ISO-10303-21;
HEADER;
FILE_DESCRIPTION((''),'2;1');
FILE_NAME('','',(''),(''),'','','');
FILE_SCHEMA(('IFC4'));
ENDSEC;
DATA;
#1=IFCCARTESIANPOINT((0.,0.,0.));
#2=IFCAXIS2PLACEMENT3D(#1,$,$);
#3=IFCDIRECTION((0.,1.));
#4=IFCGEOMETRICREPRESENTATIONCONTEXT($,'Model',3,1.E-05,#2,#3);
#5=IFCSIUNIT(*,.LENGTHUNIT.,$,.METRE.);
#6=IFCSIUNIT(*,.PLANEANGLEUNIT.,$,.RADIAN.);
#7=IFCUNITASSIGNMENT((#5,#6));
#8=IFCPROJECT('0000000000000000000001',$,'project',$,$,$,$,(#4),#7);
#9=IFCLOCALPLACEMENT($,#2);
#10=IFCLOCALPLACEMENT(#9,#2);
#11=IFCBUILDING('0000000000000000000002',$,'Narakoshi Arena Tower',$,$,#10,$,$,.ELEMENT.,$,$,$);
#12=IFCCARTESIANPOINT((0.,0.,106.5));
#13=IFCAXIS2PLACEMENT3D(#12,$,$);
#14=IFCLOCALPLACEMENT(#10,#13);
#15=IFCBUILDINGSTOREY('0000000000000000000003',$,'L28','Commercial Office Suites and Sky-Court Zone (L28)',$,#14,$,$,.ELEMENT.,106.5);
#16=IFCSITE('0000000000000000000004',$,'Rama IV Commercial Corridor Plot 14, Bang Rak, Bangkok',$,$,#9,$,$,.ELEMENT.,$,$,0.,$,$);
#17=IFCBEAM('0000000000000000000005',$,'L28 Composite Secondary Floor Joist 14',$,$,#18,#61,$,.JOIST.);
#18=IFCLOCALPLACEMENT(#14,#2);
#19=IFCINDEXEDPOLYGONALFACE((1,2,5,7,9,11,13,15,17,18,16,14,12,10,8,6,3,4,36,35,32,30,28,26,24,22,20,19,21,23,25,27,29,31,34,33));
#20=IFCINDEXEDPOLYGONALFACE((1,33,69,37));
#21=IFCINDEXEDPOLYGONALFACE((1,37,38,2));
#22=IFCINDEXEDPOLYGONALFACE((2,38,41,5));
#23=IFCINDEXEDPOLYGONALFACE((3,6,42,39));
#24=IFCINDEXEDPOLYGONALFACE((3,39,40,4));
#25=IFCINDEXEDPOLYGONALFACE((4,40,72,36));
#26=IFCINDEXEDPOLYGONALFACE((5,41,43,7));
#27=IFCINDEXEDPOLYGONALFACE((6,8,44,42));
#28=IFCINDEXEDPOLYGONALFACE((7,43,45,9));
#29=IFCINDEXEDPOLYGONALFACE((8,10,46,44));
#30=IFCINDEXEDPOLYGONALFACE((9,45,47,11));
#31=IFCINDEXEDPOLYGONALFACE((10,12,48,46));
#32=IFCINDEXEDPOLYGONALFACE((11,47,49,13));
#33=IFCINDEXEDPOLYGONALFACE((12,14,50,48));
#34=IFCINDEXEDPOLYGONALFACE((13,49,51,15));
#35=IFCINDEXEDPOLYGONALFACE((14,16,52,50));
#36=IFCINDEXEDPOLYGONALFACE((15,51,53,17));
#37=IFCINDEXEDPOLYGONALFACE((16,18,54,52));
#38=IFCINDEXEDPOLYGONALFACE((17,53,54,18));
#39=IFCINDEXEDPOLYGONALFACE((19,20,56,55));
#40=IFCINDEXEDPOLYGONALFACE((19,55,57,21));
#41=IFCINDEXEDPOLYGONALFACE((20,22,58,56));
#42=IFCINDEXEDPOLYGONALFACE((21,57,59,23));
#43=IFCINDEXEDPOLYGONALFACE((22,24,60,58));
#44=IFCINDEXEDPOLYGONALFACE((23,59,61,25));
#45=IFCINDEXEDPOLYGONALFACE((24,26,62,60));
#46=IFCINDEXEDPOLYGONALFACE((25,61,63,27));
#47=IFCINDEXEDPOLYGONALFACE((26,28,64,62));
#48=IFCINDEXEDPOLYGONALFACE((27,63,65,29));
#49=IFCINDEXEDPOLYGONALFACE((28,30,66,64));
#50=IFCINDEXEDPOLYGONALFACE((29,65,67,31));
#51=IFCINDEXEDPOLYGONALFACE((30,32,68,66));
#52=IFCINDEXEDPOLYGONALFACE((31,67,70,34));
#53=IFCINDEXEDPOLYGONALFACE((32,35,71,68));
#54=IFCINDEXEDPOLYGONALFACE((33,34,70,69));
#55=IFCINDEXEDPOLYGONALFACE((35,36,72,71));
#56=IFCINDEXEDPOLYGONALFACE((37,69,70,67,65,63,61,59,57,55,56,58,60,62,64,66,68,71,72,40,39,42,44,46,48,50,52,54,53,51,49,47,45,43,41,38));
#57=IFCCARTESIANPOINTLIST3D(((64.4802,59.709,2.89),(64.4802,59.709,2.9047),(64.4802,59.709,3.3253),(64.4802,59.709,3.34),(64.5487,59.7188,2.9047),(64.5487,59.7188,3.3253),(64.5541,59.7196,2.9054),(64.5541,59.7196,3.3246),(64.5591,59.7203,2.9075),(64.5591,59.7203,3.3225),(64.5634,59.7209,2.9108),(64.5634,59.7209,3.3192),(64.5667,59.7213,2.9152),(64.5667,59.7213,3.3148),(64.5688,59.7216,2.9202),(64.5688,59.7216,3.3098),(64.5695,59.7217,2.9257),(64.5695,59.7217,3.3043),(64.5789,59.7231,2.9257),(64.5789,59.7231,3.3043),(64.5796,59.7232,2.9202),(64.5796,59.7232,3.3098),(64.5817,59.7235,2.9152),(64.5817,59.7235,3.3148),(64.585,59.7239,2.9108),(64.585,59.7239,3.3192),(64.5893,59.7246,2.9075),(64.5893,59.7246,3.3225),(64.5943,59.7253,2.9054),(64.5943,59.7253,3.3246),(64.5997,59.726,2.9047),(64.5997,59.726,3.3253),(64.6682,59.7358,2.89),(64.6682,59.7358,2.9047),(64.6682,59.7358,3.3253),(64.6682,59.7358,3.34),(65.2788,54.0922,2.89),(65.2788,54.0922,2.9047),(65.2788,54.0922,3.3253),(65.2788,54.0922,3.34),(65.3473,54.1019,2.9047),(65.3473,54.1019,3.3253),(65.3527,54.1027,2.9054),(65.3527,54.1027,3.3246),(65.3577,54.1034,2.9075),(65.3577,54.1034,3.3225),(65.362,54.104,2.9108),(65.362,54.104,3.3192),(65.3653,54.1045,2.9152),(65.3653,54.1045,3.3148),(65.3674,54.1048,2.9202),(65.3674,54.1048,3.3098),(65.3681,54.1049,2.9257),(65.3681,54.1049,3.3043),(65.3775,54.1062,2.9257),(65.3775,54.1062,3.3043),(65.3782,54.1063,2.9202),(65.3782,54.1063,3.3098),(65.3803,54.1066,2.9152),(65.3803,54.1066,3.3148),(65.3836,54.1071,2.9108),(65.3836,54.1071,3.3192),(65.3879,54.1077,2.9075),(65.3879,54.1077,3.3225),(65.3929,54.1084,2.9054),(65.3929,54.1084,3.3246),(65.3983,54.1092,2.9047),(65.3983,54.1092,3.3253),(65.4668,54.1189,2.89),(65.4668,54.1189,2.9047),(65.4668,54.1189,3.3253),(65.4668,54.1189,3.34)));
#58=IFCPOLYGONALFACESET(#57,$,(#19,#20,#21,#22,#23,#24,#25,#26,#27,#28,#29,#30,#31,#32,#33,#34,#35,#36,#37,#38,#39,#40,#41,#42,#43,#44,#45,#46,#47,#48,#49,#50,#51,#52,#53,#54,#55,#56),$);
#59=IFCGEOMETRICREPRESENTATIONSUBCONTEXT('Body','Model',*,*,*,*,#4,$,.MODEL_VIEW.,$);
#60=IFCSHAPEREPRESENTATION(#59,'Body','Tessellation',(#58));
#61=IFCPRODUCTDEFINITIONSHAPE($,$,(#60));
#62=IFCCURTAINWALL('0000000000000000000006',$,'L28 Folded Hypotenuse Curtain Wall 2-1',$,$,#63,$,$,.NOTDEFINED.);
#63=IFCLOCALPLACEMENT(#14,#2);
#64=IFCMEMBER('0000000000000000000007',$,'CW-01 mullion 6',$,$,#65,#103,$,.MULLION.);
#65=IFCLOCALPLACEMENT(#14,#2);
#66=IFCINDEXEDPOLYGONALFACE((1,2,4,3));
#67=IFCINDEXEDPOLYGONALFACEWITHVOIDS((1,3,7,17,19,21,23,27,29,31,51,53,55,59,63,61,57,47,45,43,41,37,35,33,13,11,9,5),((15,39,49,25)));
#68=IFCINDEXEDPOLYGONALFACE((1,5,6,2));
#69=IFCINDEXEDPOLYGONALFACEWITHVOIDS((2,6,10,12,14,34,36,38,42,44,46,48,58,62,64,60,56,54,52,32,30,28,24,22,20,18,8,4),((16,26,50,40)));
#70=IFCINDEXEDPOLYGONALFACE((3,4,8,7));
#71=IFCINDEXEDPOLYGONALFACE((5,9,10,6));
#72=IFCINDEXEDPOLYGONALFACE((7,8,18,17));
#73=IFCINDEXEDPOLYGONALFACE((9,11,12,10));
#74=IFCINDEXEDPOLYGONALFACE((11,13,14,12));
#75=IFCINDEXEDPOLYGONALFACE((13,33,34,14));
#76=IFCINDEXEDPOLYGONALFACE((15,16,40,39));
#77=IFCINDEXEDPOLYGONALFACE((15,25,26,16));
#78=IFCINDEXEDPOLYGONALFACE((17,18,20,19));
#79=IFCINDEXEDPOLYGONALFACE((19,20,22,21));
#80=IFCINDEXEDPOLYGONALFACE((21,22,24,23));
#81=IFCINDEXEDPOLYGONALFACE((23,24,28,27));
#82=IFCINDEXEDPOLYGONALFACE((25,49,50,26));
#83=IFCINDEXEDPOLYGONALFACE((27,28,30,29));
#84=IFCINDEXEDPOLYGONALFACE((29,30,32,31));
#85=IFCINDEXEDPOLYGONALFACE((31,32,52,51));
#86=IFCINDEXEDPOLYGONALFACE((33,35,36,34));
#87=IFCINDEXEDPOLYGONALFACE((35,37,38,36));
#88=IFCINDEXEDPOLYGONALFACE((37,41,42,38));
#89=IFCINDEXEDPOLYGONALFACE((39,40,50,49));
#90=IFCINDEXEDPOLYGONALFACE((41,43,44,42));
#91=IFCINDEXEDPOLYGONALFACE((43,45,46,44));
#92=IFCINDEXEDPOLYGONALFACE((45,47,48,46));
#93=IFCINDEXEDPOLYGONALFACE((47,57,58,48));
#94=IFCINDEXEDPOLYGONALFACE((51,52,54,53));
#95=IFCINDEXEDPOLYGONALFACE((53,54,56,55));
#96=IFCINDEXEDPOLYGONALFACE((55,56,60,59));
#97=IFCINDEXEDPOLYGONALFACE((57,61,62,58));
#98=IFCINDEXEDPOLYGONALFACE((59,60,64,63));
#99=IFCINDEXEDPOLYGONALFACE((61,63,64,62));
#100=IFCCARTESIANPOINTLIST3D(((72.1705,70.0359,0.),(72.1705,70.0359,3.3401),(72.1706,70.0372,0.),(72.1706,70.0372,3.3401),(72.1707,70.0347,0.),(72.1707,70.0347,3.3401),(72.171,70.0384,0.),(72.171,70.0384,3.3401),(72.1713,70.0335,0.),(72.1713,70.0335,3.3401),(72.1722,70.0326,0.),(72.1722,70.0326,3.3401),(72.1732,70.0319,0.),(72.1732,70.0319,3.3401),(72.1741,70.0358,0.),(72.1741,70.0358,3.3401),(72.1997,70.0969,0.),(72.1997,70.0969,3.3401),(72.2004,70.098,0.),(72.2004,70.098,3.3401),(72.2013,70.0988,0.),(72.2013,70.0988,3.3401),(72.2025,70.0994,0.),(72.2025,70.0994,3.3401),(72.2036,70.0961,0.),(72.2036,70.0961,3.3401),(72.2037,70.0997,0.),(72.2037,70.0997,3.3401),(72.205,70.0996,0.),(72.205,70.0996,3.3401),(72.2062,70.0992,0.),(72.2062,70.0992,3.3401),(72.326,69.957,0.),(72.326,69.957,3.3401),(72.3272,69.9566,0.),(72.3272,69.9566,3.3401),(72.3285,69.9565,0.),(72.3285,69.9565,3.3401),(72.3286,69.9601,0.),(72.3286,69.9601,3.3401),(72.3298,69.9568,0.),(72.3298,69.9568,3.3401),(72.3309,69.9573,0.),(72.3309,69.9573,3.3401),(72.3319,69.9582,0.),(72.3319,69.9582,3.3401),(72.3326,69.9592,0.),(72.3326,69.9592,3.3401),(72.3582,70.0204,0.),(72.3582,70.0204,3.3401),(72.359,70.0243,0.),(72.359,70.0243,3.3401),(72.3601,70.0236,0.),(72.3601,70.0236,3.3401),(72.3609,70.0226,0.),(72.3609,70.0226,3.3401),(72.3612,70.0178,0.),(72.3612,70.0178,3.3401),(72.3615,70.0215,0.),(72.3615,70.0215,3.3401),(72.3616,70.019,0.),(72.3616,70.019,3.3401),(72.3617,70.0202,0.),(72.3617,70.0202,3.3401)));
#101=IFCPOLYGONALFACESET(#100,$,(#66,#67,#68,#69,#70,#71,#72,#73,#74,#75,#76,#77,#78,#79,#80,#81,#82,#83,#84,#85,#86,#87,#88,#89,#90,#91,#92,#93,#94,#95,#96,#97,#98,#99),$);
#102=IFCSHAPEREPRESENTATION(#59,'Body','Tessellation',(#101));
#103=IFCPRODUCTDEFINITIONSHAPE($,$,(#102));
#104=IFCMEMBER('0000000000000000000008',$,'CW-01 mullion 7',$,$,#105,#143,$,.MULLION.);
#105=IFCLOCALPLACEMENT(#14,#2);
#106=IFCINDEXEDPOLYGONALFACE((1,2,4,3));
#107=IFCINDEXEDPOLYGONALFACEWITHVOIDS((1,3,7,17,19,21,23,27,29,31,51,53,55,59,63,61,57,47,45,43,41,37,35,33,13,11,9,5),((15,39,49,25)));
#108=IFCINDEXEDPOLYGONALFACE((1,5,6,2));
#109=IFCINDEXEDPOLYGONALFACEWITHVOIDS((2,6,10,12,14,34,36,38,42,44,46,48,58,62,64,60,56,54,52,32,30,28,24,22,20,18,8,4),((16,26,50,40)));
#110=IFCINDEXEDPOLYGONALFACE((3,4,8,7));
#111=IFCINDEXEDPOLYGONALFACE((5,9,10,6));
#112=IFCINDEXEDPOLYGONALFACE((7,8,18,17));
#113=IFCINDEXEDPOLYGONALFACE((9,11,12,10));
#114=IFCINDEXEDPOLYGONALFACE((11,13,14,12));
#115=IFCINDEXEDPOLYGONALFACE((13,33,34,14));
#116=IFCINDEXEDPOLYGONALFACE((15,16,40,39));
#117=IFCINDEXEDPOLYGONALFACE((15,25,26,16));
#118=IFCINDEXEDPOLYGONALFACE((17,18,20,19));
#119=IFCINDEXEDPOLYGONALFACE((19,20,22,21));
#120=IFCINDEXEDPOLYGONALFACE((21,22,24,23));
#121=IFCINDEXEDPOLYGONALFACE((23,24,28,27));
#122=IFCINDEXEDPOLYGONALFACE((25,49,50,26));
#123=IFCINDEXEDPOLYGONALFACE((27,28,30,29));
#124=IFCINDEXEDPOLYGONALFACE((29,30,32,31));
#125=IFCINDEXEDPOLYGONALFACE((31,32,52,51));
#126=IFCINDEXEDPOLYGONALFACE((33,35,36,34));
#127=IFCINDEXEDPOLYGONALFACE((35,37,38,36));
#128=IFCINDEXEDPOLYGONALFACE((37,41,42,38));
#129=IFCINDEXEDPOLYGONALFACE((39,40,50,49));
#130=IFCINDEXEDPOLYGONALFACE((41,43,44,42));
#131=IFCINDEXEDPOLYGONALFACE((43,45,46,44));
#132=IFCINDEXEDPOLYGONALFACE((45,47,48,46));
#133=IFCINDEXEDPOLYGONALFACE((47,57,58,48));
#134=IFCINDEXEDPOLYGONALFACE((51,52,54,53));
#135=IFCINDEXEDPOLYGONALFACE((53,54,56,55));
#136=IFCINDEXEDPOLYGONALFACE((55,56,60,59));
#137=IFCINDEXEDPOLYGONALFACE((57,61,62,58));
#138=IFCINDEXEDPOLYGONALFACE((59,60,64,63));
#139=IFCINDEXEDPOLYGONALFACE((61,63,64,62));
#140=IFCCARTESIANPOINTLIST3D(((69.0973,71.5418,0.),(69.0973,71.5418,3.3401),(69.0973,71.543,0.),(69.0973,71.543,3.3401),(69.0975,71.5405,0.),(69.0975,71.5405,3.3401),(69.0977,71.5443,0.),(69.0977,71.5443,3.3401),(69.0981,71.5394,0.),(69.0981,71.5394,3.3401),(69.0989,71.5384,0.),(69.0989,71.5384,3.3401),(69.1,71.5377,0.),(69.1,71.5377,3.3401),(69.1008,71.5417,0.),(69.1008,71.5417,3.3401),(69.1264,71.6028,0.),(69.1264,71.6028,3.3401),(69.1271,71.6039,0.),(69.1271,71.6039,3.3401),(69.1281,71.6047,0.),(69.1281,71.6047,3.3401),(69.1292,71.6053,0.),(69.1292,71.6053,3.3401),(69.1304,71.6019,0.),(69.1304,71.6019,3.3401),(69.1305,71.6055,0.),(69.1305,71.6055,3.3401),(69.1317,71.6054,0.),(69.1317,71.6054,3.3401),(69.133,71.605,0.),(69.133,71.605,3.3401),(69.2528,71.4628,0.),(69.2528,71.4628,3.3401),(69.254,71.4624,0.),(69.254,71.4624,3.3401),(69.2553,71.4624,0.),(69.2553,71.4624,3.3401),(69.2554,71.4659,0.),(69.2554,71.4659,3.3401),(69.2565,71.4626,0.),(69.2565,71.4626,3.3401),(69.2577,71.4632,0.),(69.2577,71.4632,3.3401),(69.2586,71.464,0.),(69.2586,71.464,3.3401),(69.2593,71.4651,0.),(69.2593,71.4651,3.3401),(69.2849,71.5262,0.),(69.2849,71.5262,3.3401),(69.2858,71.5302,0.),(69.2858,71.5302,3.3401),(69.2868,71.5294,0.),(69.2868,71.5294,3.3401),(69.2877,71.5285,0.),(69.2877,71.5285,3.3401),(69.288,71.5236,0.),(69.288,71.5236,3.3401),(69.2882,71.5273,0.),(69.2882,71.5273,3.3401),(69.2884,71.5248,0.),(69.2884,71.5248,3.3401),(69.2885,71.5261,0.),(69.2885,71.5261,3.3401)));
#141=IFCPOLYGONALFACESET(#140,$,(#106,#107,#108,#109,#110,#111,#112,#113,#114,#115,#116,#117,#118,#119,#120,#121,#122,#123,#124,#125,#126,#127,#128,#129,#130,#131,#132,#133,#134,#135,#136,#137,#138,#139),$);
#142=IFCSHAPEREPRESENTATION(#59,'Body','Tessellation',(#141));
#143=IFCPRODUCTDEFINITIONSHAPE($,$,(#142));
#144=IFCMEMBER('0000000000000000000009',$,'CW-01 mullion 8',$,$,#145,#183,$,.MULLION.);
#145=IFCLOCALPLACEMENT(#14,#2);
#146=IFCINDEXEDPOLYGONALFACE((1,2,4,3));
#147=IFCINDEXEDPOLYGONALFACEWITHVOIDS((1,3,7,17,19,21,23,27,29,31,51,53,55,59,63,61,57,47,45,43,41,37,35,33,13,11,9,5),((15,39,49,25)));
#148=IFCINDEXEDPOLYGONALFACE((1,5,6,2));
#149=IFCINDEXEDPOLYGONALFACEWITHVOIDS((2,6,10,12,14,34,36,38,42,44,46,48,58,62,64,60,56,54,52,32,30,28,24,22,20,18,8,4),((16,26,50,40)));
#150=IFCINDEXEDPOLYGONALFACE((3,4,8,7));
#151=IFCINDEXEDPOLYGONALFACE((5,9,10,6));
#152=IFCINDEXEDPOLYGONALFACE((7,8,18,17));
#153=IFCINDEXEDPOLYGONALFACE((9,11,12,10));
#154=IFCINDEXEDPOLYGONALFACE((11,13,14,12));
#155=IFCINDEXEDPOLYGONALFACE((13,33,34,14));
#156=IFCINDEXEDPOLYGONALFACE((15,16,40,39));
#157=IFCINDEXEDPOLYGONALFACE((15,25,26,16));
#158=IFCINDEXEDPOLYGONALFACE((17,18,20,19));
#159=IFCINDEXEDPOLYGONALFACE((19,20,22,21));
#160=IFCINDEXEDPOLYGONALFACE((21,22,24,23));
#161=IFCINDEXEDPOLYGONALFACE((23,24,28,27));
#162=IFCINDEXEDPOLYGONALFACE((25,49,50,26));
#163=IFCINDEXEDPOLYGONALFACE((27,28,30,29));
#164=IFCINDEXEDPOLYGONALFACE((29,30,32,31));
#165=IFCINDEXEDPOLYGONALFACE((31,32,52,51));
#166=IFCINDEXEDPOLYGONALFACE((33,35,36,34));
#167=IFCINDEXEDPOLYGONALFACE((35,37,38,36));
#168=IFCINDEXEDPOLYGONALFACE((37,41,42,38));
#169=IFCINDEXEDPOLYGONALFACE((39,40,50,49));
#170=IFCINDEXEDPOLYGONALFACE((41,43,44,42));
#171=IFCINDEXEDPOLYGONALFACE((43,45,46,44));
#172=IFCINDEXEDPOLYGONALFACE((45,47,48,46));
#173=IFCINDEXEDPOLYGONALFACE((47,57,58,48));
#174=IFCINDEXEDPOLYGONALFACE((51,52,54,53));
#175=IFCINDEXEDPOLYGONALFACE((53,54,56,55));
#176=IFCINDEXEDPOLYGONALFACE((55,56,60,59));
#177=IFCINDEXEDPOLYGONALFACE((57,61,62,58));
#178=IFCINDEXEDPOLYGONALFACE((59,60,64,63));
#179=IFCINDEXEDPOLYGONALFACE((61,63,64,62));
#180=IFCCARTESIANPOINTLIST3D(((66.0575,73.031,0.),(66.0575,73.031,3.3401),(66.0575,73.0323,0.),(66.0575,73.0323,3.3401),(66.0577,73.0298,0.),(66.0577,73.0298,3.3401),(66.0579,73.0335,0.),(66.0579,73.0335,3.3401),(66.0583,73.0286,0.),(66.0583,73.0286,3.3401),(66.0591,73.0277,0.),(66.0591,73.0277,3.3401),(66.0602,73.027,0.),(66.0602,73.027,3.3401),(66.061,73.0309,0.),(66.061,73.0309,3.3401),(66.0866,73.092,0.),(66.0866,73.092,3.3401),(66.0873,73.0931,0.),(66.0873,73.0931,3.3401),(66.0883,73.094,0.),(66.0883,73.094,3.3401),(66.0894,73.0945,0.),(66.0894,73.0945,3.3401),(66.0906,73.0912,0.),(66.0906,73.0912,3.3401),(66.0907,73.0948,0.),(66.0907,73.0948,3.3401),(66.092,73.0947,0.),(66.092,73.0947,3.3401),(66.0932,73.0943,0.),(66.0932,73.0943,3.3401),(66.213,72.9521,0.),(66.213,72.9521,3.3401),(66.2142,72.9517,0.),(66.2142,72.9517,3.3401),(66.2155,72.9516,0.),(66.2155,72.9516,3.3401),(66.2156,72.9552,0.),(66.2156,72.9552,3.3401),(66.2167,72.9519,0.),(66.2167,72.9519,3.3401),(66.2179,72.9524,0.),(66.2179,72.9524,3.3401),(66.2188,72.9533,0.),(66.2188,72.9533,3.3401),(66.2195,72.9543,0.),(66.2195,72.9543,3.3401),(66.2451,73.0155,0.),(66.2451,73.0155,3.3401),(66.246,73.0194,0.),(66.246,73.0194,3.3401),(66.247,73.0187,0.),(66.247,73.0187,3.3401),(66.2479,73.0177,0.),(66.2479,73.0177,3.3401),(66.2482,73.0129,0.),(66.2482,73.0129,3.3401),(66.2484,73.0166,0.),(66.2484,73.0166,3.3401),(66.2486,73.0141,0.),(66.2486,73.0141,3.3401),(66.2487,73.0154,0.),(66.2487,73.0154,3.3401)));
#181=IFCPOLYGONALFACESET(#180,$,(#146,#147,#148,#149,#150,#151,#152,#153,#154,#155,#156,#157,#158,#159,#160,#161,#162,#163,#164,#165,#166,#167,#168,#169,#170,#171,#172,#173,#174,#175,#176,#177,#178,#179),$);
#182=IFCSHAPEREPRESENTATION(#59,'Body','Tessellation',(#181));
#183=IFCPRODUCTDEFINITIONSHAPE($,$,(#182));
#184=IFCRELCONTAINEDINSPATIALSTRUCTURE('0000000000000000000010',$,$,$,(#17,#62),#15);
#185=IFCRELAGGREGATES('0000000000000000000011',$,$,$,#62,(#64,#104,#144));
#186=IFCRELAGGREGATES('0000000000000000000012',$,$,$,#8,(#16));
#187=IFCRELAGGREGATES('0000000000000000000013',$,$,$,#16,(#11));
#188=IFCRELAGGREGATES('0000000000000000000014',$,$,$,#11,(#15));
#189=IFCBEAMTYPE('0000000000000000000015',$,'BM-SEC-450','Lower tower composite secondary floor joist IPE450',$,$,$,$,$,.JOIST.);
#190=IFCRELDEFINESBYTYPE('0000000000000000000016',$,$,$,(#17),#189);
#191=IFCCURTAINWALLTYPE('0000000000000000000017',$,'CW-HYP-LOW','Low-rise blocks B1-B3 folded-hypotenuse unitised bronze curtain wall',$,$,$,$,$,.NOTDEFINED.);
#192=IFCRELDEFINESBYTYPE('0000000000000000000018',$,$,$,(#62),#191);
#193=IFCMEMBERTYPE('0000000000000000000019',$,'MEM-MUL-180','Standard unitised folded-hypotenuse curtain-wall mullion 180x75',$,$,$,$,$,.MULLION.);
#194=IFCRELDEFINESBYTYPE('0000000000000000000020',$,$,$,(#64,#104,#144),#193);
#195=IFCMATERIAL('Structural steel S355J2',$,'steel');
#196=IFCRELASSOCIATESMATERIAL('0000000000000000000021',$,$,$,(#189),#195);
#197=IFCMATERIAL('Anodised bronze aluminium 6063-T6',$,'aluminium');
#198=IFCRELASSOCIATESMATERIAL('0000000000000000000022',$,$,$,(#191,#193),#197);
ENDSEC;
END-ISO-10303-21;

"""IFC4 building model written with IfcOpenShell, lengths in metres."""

from ifc_helpers import new_model, si_unit, direction, frame, origin, origin_2d, place, context, subcontext, project, spatial, hollow_rectangle, i_section, extrude, material, material_profile, profile_set, type_object, element, aggregate, save


model = new_model("IFC4")

# Units and contexts
model_context = context("Model", 3, precision=1e-05, world=origin(), true_north=direction((0.0, 1.0)))
body_context = subcontext(model_context, "Body", "Model", "MODEL_VIEW")
ifc_project = project(units=[si_unit("LENGTHUNIT", "METRE"), si_unit("PLANEANGLEUNIT", "RADIAN")], contexts=[model_context])

# Site, building, storey
site_placement = place(None, origin())
site = spatial("IfcSite", under=ifc_project, at=site_placement, Name="Rama IV Commercial Corridor Plot 14, Bang Rak, Bangkok", CompositionType="ELEMENT", RefElevation=0.0)
building_placement = place(site_placement, origin())
building = spatial("IfcBuilding", under=site, at=building_placement, Name="Narakoshi Arena Tower", CompositionType="ELEMENT")
storey_placement = place(building_placement, frame((0.0, 0.0, 106.5)))
storey = spatial("IfcBuildingStorey", under=building, at=storey_placement, Name="L28", Description="Commercial Office Suites and Sky-Court Zone (L28)", CompositionType="ELEMENT", Elevation=106.5)

# Beam
ifc_material_1 = material(Name="Structural steel S355J2", Category="steel")
ifc_material_profile_1 = material_profile(ifc_material_1, i_section(OverallWidth=0.1899, OverallDepth=0.45, WebThickness=0.0095, FlangeThickness=0.0146, FilletRadius=0.021, at=origin_2d()), Name="IPE450")
ifc_profile_set_1 = profile_set([ifc_material_profile_1], Name="Structural steel S355J2")
beam_type_1 = type_object("IfcBeamType", Name="BM-SEC-450", Description="Lower tower composite secondary floor joist IPE450", PredefinedType="JOIST", material=ifc_profile_set_1)
beam_1_placement = place(storey_placement, frame((64.5742, 59.7224, 3.115), z_axis=(0.140759, -0.990044, 0.0), x_axis=(0.990044, 0.140759, 0.0)))
element("IfcBeam", 1, at=beam_1_placement, inside=storey, type_object=beam_type_1, Name="L28 Composite Secondary Floor Joist 14", PredefinedType="JOIST", context=body_context, shape_type="SweptSolid", body=[
    extrude(i_section(OverallWidth=0.1899, OverallDepth=0.45, WebThickness=0.0095, FlangeThickness=0.0146, FilletRadius=0.021, at=origin_2d()), origin(), (0.0, 0.0, 1.0), 5.6733),
])

# Curtain wall, members
ifc_material_2 = material(Name="Anodised bronze aluminium 6063-T6", Category="aluminium")
curtain_wall_type = type_object("IfcCurtainWallType", Name="CW-HYP-LOW", Description="Low-rise blocks B1-B3 folded-hypotenuse unitised bronze curtain wall", PredefinedType="NOTDEFINED", material=ifc_material_2)
curtain_wall_placement = place(storey_placement, origin())
curtain_wall = element("IfcCurtainWall", 2, at=curtain_wall_placement, inside=storey, type_object=curtain_wall_type, Name="L28 Folded Hypotenuse Curtain Wall 2-1", PredefinedType="NOTDEFINED")
ifc_material_profile_2 = material_profile(ifc_material_2, hollow_rectangle(XDim=0.075, YDim=0.1799, WallThickness=0.0039, OuterFilletRadius=0.0049, at=origin_2d()), Name="MUL180x75x4")
ifc_profile_set_2 = profile_set([ifc_material_profile_2], Name="Anodised bronze aluminium 6063-T6")
member_type_1 = type_object("IfcMemberType", Name="MEM-MUL-180", Description="Standard unitised folded-hypotenuse curtain-wall mullion 180x75", PredefinedType="MULLION", material=ifc_profile_set_2)
member_1_placement = place(storey_placement, frame((72.2661, 70.0281, 0.0), z_axis=(0.0, 0.0, 1.0), x_axis=(-0.440005, -0.897996, 0.0)))
member_1 = element("IfcMember", 3, at=member_1_placement, type_object=member_type_1, Name="CW-01 mullion 6", PredefinedType="MULLION", context=body_context, shape_type="SweptSolid", body=[
    extrude(hollow_rectangle(XDim=0.075, YDim=0.1799, WallThickness=0.0039, OuterFilletRadius=0.0049, at=origin_2d()), origin(), (0.0, 0.0, 1.0), 3.3401),
])
member_2_placement = place(storey_placement, frame((69.1929, 71.5339, 0.0), z_axis=(0.0, 0.0, 1.0), x_axis=(-0.440005, -0.897996, 0.0)))
member_2 = element("IfcMember", 4, at=member_2_placement, type_object=member_type_1, Name="CW-01 mullion 7", PredefinedType="MULLION", context=body_context, shape_type="SweptSolid", body=[
    extrude(hollow_rectangle(XDim=0.075, YDim=0.1799, WallThickness=0.0039, OuterFilletRadius=0.0049, at=origin_2d()), origin(), (0.0, 0.0, 1.0), 3.3401),
])
member_3_placement = place(storey_placement, frame((66.1531, 73.0232, 0.0), z_axis=(0.0, 0.0, 1.0), x_axis=(-0.440005, -0.897996, 0.0)))
member_3 = element("IfcMember", 5, at=member_3_placement, type_object=member_type_1, Name="CW-01 mullion 8", PredefinedType="MULLION", context=body_context, shape_type="SweptSolid", body=[
    extrude(hollow_rectangle(XDim=0.075, YDim=0.1799, WallThickness=0.0039, OuterFilletRadius=0.0049, at=origin_2d()), origin(), (0.0, 0.0, 1.0), 3.3401),
])
aggregate(curtain_wall, [member_1, member_2, member_3])

save(model, "model.ifc")
